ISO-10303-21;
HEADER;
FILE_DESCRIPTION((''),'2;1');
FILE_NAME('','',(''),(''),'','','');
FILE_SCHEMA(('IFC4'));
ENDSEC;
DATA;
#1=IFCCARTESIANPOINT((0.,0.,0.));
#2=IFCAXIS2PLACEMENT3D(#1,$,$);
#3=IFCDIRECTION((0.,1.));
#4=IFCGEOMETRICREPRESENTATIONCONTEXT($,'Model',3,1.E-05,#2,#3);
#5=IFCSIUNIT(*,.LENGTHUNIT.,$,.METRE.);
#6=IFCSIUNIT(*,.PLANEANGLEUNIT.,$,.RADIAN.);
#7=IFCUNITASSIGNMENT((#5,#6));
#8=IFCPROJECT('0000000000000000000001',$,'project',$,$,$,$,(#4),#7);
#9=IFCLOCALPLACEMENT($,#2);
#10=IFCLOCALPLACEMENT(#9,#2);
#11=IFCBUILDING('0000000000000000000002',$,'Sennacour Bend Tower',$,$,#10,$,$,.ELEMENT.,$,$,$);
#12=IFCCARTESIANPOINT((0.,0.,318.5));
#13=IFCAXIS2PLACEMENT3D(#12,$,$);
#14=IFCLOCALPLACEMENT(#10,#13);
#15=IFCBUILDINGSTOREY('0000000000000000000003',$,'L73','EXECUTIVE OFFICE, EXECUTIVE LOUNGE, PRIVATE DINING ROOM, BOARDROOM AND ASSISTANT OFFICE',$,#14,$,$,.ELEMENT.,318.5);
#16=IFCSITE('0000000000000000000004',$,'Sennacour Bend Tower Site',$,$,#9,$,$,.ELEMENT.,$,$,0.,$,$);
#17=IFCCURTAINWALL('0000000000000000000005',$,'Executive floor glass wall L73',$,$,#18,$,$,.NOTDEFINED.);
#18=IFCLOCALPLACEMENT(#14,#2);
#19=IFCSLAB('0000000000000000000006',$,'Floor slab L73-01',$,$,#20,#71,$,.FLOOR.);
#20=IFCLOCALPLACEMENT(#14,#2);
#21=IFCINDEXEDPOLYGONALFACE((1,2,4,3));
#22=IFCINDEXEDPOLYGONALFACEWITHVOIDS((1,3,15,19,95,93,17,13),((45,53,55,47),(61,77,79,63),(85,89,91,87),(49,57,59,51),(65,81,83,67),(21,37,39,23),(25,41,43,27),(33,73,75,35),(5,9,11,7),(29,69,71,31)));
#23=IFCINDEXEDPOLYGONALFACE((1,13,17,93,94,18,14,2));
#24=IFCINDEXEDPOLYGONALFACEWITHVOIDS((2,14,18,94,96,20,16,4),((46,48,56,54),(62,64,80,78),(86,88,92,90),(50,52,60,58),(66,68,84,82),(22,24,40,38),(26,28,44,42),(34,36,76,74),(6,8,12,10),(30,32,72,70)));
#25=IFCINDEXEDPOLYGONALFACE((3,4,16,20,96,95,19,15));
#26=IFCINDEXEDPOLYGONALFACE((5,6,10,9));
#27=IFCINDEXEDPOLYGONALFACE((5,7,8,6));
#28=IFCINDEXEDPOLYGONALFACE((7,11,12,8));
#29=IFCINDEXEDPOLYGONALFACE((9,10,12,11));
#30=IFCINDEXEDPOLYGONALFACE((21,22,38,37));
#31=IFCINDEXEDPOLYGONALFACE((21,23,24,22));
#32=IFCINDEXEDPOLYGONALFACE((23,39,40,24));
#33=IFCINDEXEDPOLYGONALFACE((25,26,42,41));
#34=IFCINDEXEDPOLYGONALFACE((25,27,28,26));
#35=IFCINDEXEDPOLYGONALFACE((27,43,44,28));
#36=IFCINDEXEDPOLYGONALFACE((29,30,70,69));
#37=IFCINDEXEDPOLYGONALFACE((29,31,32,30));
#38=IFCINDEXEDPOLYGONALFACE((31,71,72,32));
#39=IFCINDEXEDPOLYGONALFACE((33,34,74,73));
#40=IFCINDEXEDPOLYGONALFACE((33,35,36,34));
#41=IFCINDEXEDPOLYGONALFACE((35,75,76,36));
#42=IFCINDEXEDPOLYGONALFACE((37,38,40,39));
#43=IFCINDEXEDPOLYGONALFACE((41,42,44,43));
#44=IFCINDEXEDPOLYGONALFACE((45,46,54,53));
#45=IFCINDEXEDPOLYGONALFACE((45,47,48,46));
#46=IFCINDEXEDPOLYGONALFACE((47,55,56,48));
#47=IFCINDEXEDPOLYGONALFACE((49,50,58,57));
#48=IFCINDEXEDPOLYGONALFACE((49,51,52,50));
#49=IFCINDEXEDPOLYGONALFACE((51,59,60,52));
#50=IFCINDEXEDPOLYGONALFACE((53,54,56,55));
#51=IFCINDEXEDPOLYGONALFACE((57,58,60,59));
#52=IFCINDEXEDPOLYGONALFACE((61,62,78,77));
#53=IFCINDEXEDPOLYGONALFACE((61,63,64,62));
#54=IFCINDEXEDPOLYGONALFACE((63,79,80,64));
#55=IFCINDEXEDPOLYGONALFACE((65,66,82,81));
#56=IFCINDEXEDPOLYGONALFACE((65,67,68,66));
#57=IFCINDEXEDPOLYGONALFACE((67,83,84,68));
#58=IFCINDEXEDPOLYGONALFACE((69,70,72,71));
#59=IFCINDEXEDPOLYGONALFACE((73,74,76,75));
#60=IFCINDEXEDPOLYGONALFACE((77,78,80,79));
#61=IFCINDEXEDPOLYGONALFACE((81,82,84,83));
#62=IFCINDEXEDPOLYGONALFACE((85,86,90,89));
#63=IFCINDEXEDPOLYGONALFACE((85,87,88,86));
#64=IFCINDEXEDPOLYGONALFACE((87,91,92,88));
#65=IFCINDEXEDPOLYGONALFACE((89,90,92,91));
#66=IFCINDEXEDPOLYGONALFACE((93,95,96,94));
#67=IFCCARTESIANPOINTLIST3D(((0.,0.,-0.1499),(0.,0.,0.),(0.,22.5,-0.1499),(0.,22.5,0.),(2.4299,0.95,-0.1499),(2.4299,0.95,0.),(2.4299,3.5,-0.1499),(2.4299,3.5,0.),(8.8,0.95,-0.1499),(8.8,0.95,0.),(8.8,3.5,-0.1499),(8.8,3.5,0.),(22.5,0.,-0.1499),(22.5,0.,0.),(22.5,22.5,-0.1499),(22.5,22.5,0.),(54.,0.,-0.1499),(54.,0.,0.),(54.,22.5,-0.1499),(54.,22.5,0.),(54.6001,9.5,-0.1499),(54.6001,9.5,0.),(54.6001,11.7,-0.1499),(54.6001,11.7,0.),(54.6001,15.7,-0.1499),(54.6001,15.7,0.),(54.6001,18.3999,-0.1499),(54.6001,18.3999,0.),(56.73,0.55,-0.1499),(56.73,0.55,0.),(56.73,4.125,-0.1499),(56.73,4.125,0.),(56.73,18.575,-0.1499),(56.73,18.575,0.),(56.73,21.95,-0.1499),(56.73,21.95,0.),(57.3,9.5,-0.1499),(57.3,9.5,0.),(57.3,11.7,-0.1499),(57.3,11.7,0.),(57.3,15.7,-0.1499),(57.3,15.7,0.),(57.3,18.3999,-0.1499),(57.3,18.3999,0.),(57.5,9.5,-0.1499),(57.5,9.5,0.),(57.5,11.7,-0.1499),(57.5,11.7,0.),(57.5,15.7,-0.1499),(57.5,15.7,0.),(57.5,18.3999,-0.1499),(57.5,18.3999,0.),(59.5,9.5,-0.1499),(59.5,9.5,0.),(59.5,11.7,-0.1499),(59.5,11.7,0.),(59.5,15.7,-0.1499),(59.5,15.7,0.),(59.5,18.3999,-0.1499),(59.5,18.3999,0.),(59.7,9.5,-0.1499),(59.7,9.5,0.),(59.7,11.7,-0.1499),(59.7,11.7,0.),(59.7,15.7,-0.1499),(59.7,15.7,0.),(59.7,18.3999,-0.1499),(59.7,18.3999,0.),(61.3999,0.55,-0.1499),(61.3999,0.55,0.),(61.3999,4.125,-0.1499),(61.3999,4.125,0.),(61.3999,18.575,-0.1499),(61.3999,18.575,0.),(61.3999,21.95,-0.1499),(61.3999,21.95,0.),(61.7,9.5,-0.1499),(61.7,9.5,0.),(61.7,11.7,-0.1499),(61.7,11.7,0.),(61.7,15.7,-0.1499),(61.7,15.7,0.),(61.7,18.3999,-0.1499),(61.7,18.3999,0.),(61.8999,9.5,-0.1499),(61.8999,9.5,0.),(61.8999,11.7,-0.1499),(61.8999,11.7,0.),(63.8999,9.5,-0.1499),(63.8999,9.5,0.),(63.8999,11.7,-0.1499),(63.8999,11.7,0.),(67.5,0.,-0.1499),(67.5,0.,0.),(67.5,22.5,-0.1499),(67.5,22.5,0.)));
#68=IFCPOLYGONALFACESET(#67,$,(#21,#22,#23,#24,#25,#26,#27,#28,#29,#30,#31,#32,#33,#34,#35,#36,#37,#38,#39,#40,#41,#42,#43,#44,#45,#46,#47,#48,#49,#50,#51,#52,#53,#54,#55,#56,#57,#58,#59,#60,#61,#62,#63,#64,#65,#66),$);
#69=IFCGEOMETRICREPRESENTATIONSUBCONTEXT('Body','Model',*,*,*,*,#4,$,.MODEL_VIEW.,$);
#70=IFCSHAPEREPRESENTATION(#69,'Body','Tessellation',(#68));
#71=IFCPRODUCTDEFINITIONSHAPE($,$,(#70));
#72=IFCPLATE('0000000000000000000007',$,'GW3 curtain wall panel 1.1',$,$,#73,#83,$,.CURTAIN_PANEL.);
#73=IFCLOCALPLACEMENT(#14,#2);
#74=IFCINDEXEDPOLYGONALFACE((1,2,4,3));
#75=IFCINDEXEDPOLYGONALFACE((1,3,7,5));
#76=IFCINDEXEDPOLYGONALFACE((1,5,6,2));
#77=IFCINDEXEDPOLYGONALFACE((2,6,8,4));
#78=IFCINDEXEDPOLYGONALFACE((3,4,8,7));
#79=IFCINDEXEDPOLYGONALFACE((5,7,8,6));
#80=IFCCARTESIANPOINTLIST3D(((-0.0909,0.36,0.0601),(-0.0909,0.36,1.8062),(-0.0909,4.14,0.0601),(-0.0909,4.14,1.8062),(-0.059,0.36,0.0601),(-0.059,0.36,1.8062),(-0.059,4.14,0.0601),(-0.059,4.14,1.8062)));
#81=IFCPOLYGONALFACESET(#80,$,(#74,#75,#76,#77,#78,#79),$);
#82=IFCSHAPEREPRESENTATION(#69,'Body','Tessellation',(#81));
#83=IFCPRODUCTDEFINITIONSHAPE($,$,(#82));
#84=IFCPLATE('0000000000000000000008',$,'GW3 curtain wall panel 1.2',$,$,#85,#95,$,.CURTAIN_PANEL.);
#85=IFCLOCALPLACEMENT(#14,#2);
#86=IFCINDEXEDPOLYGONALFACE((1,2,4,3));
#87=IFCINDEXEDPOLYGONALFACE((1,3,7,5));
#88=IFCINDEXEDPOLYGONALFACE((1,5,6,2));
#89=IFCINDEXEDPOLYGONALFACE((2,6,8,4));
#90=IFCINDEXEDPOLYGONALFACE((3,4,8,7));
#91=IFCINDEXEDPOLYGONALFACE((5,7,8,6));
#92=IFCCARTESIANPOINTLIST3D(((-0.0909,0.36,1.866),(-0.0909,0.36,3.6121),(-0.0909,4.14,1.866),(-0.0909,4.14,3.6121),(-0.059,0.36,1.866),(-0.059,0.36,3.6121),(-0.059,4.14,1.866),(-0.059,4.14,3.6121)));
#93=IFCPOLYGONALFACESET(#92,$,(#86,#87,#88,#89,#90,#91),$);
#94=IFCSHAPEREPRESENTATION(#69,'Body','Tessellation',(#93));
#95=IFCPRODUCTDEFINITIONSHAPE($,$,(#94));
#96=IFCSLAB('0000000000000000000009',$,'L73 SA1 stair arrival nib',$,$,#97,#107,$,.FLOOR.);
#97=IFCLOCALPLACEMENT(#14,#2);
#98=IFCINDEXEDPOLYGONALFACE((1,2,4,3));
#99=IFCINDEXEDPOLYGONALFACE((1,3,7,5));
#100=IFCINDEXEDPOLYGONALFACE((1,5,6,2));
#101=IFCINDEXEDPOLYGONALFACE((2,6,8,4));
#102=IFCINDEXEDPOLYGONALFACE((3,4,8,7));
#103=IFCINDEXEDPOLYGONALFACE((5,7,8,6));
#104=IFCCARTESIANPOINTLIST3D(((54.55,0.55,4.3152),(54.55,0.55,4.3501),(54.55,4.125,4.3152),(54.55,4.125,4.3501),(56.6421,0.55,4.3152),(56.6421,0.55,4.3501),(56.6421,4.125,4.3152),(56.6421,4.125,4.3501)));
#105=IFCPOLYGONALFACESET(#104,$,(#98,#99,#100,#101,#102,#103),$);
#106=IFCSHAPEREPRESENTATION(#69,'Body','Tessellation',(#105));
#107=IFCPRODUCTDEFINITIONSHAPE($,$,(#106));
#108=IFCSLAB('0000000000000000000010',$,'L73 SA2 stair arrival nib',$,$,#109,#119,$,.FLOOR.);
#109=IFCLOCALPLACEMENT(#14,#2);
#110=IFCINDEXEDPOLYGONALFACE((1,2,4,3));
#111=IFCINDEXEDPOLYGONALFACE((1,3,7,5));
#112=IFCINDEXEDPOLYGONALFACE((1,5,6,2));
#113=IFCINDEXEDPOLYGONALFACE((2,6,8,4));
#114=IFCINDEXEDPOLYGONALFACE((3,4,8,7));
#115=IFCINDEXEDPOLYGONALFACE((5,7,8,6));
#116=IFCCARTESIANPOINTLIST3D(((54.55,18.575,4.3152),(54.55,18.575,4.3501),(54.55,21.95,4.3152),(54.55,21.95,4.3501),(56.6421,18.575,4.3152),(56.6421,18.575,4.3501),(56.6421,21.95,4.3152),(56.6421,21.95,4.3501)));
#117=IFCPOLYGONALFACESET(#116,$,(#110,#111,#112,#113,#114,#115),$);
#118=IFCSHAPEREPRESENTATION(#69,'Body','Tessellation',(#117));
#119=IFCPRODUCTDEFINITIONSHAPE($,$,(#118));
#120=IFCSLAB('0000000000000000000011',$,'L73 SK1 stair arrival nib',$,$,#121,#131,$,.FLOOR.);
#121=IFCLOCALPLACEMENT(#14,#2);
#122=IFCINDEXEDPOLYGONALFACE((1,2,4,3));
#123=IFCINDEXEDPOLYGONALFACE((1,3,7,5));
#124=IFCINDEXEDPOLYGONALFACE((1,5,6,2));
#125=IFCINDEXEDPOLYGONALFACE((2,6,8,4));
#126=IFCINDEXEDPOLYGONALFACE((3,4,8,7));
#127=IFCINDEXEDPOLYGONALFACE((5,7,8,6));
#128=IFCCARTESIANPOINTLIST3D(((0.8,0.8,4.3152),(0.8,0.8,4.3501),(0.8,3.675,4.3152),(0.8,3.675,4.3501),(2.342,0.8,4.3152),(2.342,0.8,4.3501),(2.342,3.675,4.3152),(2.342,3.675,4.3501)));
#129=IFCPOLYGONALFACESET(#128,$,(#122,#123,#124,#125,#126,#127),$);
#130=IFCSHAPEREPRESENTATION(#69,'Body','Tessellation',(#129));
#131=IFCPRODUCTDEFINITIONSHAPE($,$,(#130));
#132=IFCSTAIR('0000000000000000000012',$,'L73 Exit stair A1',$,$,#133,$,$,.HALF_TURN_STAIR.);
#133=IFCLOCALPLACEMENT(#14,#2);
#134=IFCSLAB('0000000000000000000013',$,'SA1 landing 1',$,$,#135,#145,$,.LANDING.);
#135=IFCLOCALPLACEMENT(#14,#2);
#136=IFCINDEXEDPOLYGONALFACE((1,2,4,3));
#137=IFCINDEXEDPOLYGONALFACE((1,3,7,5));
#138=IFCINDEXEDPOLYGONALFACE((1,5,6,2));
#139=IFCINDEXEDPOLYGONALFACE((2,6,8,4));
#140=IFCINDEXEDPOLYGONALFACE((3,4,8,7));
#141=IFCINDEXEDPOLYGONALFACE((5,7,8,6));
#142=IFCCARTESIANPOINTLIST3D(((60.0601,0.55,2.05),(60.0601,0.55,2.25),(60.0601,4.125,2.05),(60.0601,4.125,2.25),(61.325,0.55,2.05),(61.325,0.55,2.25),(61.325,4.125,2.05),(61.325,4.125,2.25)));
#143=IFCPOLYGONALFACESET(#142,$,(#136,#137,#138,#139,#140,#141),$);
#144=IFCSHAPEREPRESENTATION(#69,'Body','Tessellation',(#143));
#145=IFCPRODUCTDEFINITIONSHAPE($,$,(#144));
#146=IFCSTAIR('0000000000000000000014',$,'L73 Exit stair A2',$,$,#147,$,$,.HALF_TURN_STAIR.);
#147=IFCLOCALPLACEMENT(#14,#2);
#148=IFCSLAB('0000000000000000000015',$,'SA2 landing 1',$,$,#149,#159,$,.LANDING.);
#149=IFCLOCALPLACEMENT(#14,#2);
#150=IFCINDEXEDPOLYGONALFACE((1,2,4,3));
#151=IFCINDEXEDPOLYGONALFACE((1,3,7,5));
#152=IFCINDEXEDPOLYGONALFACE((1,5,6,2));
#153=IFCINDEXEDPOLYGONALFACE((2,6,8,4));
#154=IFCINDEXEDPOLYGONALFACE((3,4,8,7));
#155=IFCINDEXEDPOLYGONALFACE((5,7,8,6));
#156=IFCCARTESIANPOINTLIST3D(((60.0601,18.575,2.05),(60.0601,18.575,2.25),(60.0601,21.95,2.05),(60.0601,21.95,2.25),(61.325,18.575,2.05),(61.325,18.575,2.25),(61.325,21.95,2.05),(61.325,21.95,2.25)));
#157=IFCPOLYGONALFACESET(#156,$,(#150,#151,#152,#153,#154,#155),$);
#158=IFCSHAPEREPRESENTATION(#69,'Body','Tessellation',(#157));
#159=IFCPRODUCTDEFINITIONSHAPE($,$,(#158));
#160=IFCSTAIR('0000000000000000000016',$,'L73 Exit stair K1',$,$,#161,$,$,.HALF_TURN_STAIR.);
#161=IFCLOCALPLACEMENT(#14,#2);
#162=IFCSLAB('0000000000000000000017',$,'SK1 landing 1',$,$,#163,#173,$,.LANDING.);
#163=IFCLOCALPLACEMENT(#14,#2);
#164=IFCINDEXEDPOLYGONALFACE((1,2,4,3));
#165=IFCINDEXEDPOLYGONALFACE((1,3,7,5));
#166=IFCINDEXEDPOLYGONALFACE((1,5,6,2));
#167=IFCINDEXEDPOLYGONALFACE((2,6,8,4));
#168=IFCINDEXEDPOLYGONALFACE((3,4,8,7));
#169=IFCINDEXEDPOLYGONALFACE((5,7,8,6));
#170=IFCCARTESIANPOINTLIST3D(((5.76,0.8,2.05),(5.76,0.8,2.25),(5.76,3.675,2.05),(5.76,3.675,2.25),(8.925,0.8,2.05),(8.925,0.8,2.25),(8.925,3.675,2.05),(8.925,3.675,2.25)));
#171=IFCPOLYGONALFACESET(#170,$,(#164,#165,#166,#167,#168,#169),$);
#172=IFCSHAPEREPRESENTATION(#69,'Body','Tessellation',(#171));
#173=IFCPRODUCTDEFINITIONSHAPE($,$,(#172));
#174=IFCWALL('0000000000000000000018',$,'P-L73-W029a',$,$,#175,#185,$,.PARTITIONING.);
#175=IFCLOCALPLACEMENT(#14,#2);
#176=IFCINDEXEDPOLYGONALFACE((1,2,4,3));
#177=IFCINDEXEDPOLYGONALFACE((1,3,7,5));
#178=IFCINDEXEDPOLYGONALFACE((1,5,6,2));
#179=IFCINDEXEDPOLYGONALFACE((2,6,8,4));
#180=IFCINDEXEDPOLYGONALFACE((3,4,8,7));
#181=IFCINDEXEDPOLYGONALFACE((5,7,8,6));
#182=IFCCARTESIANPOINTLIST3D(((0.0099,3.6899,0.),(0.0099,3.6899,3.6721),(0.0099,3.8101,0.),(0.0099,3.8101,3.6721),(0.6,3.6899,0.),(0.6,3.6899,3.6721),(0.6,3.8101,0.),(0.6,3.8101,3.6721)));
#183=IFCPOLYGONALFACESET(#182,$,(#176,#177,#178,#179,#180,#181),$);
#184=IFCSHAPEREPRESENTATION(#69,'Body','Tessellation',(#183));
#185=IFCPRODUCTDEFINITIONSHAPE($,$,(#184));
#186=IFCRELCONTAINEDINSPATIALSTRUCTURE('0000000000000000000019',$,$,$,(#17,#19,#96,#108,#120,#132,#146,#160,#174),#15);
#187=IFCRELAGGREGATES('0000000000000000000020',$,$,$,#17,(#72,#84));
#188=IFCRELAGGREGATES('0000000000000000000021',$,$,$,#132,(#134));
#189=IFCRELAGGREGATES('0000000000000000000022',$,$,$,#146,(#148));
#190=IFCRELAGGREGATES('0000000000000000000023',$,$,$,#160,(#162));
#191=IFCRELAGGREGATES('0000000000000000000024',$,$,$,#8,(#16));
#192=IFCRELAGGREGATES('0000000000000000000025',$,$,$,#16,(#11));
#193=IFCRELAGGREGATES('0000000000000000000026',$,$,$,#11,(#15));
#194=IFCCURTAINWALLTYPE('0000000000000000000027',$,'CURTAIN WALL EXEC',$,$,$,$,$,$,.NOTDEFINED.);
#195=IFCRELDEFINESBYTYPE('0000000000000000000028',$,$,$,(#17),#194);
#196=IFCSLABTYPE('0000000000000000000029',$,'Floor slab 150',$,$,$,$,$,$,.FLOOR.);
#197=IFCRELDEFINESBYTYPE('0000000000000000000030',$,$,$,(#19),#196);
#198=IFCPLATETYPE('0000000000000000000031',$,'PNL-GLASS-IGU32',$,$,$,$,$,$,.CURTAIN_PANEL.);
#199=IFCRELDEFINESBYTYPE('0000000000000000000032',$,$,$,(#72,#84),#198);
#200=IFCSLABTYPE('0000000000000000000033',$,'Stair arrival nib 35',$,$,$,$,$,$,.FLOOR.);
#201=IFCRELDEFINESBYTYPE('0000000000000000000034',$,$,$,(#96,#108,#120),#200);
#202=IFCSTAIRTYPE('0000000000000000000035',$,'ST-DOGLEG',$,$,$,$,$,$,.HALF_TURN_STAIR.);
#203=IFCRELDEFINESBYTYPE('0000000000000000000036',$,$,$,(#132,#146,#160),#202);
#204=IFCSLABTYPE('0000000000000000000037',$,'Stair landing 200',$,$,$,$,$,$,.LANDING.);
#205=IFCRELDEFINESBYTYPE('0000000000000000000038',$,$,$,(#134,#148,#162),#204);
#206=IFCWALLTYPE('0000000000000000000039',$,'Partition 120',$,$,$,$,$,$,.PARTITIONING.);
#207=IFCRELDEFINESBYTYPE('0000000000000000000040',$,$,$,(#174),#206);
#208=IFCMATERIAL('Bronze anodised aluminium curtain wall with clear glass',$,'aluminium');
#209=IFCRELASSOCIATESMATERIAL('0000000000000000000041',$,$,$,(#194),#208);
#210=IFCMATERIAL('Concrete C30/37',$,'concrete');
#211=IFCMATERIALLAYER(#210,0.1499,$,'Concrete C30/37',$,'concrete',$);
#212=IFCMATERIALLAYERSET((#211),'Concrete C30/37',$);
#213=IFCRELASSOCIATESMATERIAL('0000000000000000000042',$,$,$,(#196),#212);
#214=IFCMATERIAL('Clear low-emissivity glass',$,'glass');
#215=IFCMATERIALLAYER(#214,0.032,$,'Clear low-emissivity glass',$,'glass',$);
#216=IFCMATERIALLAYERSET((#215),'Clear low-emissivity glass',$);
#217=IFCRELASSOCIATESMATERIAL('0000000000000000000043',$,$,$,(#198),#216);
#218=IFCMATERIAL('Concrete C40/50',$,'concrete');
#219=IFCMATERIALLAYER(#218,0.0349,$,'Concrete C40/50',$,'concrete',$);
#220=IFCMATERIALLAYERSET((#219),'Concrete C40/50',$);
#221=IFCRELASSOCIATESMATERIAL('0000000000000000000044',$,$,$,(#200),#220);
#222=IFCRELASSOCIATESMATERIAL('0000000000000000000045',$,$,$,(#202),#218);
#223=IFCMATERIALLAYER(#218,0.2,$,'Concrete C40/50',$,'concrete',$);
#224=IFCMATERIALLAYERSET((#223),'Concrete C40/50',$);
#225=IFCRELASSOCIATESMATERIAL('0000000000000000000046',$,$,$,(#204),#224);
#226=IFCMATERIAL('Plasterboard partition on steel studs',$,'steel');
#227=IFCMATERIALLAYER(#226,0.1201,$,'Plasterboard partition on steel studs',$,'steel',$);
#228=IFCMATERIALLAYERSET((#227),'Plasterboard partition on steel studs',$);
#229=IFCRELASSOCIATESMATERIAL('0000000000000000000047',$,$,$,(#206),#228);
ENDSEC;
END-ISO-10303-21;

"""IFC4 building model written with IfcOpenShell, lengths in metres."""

from ifc_helpers import new_model, si_unit, direction, frame, frame_2d, origin, origin_2d, place, context, subcontext, project, spatial, polyline, rectangle, outline, extrude, material, layer, layer_set, type_object, element, aggregate, save


model = new_model("IFC4")

# Units and contexts
model_context = context("Model", 3, precision=1e-05, world=origin(), true_north=direction((0.0, 1.0)))
body_context = subcontext(model_context, "Body", "Model", "MODEL_VIEW")
ifc_project = project(units=[si_unit("LENGTHUNIT", "METRE"), si_unit("PLANEANGLEUNIT", "RADIAN")], contexts=[model_context])

# Site, building, storey
site_placement = place(None, origin())
site = spatial("IfcSite", under=ifc_project, at=site_placement, Name="Sennacour Bend Tower Site", CompositionType="ELEMENT", RefElevation=0.0)
building_placement = place(site_placement, origin())
building = spatial("IfcBuilding", under=site, at=building_placement, Name="Sennacour Bend Tower", CompositionType="ELEMENT")
storey_placement = place(building_placement, frame((0.0, 0.0, 318.5)))
storey = spatial("IfcBuildingStorey", under=building, at=storey_placement, Name="L73", Description="EXECUTIVE OFFICE, EXECUTIVE LOUNGE, PRIVATE DINING ROOM, BOARDROOM AND ASSISTANT OFFICE", CompositionType="ELEMENT", Elevation=318.5)

# Shared definitions
ifc_material_1 = material(Name="Bronze anodised aluminium curtain wall with clear glass", Category="aluminium")
curtain_wall_type = type_object("IfcCurtainWallType", Name="CURTAIN WALL EXEC", PredefinedType="NOTDEFINED", material=ifc_material_1)

# Curtain wall
curtain_wall_1_placement = place(storey_placement, origin())
curtain_wall_1 = element("IfcCurtainWall", 1, at=curtain_wall_1_placement, inside=storey, type_object=curtain_wall_type, Name="Executive floor glass wall L73", PredefinedType="NOTDEFINED")

# Slab
ifc_material_2 = material(Name="Concrete C30/37", Category="concrete")
ifc_layer_1 = layer(ifc_material_2, 0.1499, Name="Concrete C30/37", Category="concrete")
ifc_layer_set_1 = layer_set([ifc_layer_1], Name="Concrete C30/37")
slab_type_1 = type_object("IfcSlabType", Name="Floor slab 150", PredefinedType="FLOOR", material=ifc_layer_set_1)
slab_1_placement = place(storey_placement, frame((0.0, 0.0, -0.1499)))
element("IfcSlab", 2, at=slab_1_placement, inside=storey, type_object=slab_type_1, Name="Floor slab L73-01", PredefinedType="FLOOR", context=body_context, shape_type="SweptSolid", body=[
    extrude(outline(polyline([(0.0, 22.5), (22.5, 22.5), (54.0, 22.5), (67.5, 22.5), (67.5, 0.0), (54.0, 0.0), (22.5, 0.0), (0.0, 0.0), (0.0, 22.5)]), holes=[polyline([(8.8, 3.5), (2.4299, 3.5), (2.4299, 0.95), (8.8, 0.95), (8.8, 3.5)]), polyline([(61.3999, 4.125), (56.73, 4.125), (56.73, 0.55), (61.3999, 0.55), (61.3999, 4.125)]), polyline([(57.3, 11.7), (54.6001, 11.7), (54.6001, 9.5), (57.3, 9.5), (57.3, 11.7)]), polyline([(59.5, 9.5), (59.5, 11.7), (57.5, 11.7), (57.5, 9.5), (59.5, 9.5)]), polyline([(61.7, 9.5), (61.7, 11.7), (59.7, 11.7), (59.7, 9.5), (61.7, 9.5)]), polyline([(63.8999, 11.7), (61.8999, 11.7), (61.8999, 9.5), (63.8999, 9.5), (63.8999, 11.7)]), polyline([(57.3, 18.3999), (54.6001, 18.3999), (54.6001, 15.7), (57.3, 15.7), (57.3, 18.3999)]), polyline([(59.5, 18.3999), (57.5, 18.3999), (57.5, 15.7), (59.5, 15.7), (59.5, 18.3999)]), polyline([(61.7, 15.7), (61.7, 18.3999), (59.7, 18.3999), (59.7, 15.7), (61.7, 15.7)]), polyline([(61.3999, 18.575), (61.3999, 21.95), (56.73, 21.95), (56.73, 18.575), (61.3999, 18.575)])]), origin(), (0.0, 0.0, 1.0), 0.1499),
])

# Plates
ifc_material_3 = material(Name="Clear low-emissivity glass", Category="glass")
ifc_layer_2 = layer(ifc_material_3, 0.032, Name="Clear low-emissivity glass", Category="glass")
ifc_layer_set_2 = layer_set([ifc_layer_2], Name="Clear low-emissivity glass")
plate_type = type_object("IfcPlateType", Name="PNL-GLASS-IGU32", PredefinedType="CURTAIN_PANEL", material=ifc_layer_set_2)
plate_1_placement = place(storey_placement, frame((-0.075, 2.25, 0.0601), z_axis=(0.0, 0.0, 1.0), x_axis=(0.0, -1.0, 0.0)))
plate_1 = element("IfcPlate", 3, at=plate_1_placement, type_object=plate_type, Name="GW3 curtain wall panel 1.1", PredefinedType="CURTAIN_PANEL", context=body_context, shape_type="SweptSolid", body=[
    extrude(rectangle(XDim=3.78, YDim=0.032, at=origin_2d()), origin(), (0.0, 0.0, 1.0), 1.7461),
])
plate_2_placement = place(storey_placement, frame((-0.075, 2.25, 1.866), z_axis=(0.0, 0.0, 1.0), x_axis=(0.0, -1.0, 0.0)))
plate_2 = element("IfcPlate", 4, at=plate_2_placement, type_object=plate_type, Name="GW3 curtain wall panel 1.2", PredefinedType="CURTAIN_PANEL", context=body_context, shape_type="SweptSolid", body=[
    extrude(rectangle(XDim=3.78, YDim=0.032, at=origin_2d()), origin(), (0.0, 0.0, 1.0), 1.7461),
])
aggregate(curtain_wall_1, [plate_1, plate_2])

# Slabs
ifc_material_4 = material(Name="Concrete C40/50", Category="concrete")
ifc_layer_3 = layer(ifc_material_4, 0.0349, Name="Concrete C40/50", Category="concrete")
ifc_layer_set_3 = layer_set([ifc_layer_3], Name="Concrete C40/50")
slab_type_2 = type_object("IfcSlabType", Name="Stair arrival nib 35", PredefinedType="FLOOR", material=ifc_layer_set_3)
slab_2_placement = place(storey_placement, frame((0.0, 0.0, 4.3152)))
element("IfcSlab", 5, at=slab_2_placement, inside=storey, type_object=slab_type_2, Name="L73 SA1 stair arrival nib", PredefinedType="FLOOR", context=body_context, shape_type="SweptSolid", body=[
    extrude(outline(polyline([(56.6421, 4.125), (54.55, 4.125), (54.55, 0.55), (56.6421, 0.55), (56.6421, 4.125)])), origin(), (0.0, 0.0, 1.0), 0.0349),
])
slab_3_placement = place(storey_placement, frame((0.0, 0.0, 4.3152)))
element("IfcSlab", 6, at=slab_3_placement, inside=storey, type_object=slab_type_2, Name="L73 SA2 stair arrival nib", PredefinedType="FLOOR", context=body_context, shape_type="SweptSolid", body=[
    extrude(outline(polyline([(56.6421, 21.95), (54.55, 21.95), (54.55, 18.575), (56.6421, 18.575), (56.6421, 21.95)])), origin(), (0.0, 0.0, 1.0), 0.0349),
])
slab_4_placement = place(storey_placement, frame((0.0, 0.0, 4.3152)))
element("IfcSlab", 7, at=slab_4_placement, inside=storey, type_object=slab_type_2, Name="L73 SK1 stair arrival nib", PredefinedType="FLOOR", context=body_context, shape_type="SweptSolid", body=[
    extrude(outline(polyline([(2.342, 3.675), (0.8, 3.675), (0.8, 0.8), (2.342, 0.8), (2.342, 3.675)])), origin(), (0.0, 0.0, 1.0), 0.0349),
])

# Stairs, slabs
stair_type = type_object("IfcStairType", Name="ST-DOGLEG", PredefinedType="HALF_TURN_STAIR", material=ifc_material_4)
stair_1_placement = place(storey_placement, origin())
stair_1 = element("IfcStair", 8, at=stair_1_placement, inside=storey, type_object=stair_type, Name="L73 Exit stair A1", PredefinedType="HALF_TURN_STAIR")
ifc_layer_4 = layer(ifc_material_4, 0.2, Name="Concrete C40/50", Category="concrete")
ifc_layer_set_4 = layer_set([ifc_layer_4], Name="Concrete C40/50")
slab_type_3 = type_object("IfcSlabType", Name="Stair landing 200", PredefinedType="LANDING", material=ifc_layer_set_4)
slab_5_placement = place(storey_placement, frame((0.0, 0.0, 2.05)))
slab_5 = element("IfcSlab", 9, at=slab_5_placement, type_object=slab_type_3, Name="SA1 landing 1", PredefinedType="LANDING", context=body_context, shape_type="SweptSolid", body=[
    extrude(outline(polyline([(60.0601, 0.55), (61.325, 0.55), (61.325, 4.125), (60.0601, 4.125), (60.0601, 0.55)])), origin(), (0.0, 0.0, 1.0), 0.2),
])
aggregate(stair_1, [slab_5])
stair_2_placement = place(storey_placement, origin())
stair_2 = element("IfcStair", 10, at=stair_2_placement, inside=storey, type_object=stair_type, Name="L73 Exit stair A2", PredefinedType="HALF_TURN_STAIR")
slab_6_placement = place(storey_placement, frame((0.0, 0.0, 2.05)))
slab_6 = element("IfcSlab", 11, at=slab_6_placement, type_object=slab_type_3, Name="SA2 landing 1", PredefinedType="LANDING", context=body_context, shape_type="SweptSolid", body=[
    extrude(outline(polyline([(60.0601, 18.575), (61.325, 18.575), (61.325, 21.95), (60.0601, 21.95), (60.0601, 18.575)])), origin(), (0.0, 0.0, 1.0), 0.2),
])
aggregate(stair_2, [slab_6])
stair_3_placement = place(storey_placement, origin())
stair_3 = element("IfcStair", 12, at=stair_3_placement, inside=storey, type_object=stair_type, Name="L73 Exit stair K1", PredefinedType="HALF_TURN_STAIR")
slab_7_placement = place(storey_placement, frame((0.0, 0.0, 2.05)))
slab_7 = element("IfcSlab", 13, at=slab_7_placement, type_object=slab_type_3, Name="SK1 landing 1", PredefinedType="LANDING", context=body_context, shape_type="SweptSolid", body=[
    extrude(outline(polyline([(5.76, 0.8), (8.925, 0.8), (8.925, 3.675), (5.76, 3.675), (5.76, 0.8)])), origin(), (0.0, 0.0, 1.0), 0.2),
])
aggregate(stair_3, [slab_7])

# Wall
ifc_material_5 = material(Name="Plasterboard partition on steel studs", Category="steel")
ifc_layer_5 = layer(ifc_material_5, 0.1201, Name="Plasterboard partition on steel studs", Category="steel")
ifc_layer_set_5 = layer_set([ifc_layer_5], Name="Plasterboard partition on steel studs")
wall_type = type_object("IfcWallType", Name="Partition 120", PredefinedType="PARTITIONING", material=ifc_layer_set_5)
wall_placement = place(storey_placement, frame((0.01, 3.75, 0.0), z_axis=(0.0, 0.0, 1.0), x_axis=(1.0, 0.0, 0.0)))
element("IfcWall", 14, at=wall_placement, inside=storey, type_object=wall_type, Name="P-L73-W029a", PredefinedType="PARTITIONING", context=body_context, shape_type="SweptSolid", body=[
    extrude(rectangle(XDim=0.5901, YDim=0.1201, at=frame_2d((0.2949, 0.0))), origin(), (0.0, 0.0, 1.0), 3.6721),
])

save(model, "model.ifc")
